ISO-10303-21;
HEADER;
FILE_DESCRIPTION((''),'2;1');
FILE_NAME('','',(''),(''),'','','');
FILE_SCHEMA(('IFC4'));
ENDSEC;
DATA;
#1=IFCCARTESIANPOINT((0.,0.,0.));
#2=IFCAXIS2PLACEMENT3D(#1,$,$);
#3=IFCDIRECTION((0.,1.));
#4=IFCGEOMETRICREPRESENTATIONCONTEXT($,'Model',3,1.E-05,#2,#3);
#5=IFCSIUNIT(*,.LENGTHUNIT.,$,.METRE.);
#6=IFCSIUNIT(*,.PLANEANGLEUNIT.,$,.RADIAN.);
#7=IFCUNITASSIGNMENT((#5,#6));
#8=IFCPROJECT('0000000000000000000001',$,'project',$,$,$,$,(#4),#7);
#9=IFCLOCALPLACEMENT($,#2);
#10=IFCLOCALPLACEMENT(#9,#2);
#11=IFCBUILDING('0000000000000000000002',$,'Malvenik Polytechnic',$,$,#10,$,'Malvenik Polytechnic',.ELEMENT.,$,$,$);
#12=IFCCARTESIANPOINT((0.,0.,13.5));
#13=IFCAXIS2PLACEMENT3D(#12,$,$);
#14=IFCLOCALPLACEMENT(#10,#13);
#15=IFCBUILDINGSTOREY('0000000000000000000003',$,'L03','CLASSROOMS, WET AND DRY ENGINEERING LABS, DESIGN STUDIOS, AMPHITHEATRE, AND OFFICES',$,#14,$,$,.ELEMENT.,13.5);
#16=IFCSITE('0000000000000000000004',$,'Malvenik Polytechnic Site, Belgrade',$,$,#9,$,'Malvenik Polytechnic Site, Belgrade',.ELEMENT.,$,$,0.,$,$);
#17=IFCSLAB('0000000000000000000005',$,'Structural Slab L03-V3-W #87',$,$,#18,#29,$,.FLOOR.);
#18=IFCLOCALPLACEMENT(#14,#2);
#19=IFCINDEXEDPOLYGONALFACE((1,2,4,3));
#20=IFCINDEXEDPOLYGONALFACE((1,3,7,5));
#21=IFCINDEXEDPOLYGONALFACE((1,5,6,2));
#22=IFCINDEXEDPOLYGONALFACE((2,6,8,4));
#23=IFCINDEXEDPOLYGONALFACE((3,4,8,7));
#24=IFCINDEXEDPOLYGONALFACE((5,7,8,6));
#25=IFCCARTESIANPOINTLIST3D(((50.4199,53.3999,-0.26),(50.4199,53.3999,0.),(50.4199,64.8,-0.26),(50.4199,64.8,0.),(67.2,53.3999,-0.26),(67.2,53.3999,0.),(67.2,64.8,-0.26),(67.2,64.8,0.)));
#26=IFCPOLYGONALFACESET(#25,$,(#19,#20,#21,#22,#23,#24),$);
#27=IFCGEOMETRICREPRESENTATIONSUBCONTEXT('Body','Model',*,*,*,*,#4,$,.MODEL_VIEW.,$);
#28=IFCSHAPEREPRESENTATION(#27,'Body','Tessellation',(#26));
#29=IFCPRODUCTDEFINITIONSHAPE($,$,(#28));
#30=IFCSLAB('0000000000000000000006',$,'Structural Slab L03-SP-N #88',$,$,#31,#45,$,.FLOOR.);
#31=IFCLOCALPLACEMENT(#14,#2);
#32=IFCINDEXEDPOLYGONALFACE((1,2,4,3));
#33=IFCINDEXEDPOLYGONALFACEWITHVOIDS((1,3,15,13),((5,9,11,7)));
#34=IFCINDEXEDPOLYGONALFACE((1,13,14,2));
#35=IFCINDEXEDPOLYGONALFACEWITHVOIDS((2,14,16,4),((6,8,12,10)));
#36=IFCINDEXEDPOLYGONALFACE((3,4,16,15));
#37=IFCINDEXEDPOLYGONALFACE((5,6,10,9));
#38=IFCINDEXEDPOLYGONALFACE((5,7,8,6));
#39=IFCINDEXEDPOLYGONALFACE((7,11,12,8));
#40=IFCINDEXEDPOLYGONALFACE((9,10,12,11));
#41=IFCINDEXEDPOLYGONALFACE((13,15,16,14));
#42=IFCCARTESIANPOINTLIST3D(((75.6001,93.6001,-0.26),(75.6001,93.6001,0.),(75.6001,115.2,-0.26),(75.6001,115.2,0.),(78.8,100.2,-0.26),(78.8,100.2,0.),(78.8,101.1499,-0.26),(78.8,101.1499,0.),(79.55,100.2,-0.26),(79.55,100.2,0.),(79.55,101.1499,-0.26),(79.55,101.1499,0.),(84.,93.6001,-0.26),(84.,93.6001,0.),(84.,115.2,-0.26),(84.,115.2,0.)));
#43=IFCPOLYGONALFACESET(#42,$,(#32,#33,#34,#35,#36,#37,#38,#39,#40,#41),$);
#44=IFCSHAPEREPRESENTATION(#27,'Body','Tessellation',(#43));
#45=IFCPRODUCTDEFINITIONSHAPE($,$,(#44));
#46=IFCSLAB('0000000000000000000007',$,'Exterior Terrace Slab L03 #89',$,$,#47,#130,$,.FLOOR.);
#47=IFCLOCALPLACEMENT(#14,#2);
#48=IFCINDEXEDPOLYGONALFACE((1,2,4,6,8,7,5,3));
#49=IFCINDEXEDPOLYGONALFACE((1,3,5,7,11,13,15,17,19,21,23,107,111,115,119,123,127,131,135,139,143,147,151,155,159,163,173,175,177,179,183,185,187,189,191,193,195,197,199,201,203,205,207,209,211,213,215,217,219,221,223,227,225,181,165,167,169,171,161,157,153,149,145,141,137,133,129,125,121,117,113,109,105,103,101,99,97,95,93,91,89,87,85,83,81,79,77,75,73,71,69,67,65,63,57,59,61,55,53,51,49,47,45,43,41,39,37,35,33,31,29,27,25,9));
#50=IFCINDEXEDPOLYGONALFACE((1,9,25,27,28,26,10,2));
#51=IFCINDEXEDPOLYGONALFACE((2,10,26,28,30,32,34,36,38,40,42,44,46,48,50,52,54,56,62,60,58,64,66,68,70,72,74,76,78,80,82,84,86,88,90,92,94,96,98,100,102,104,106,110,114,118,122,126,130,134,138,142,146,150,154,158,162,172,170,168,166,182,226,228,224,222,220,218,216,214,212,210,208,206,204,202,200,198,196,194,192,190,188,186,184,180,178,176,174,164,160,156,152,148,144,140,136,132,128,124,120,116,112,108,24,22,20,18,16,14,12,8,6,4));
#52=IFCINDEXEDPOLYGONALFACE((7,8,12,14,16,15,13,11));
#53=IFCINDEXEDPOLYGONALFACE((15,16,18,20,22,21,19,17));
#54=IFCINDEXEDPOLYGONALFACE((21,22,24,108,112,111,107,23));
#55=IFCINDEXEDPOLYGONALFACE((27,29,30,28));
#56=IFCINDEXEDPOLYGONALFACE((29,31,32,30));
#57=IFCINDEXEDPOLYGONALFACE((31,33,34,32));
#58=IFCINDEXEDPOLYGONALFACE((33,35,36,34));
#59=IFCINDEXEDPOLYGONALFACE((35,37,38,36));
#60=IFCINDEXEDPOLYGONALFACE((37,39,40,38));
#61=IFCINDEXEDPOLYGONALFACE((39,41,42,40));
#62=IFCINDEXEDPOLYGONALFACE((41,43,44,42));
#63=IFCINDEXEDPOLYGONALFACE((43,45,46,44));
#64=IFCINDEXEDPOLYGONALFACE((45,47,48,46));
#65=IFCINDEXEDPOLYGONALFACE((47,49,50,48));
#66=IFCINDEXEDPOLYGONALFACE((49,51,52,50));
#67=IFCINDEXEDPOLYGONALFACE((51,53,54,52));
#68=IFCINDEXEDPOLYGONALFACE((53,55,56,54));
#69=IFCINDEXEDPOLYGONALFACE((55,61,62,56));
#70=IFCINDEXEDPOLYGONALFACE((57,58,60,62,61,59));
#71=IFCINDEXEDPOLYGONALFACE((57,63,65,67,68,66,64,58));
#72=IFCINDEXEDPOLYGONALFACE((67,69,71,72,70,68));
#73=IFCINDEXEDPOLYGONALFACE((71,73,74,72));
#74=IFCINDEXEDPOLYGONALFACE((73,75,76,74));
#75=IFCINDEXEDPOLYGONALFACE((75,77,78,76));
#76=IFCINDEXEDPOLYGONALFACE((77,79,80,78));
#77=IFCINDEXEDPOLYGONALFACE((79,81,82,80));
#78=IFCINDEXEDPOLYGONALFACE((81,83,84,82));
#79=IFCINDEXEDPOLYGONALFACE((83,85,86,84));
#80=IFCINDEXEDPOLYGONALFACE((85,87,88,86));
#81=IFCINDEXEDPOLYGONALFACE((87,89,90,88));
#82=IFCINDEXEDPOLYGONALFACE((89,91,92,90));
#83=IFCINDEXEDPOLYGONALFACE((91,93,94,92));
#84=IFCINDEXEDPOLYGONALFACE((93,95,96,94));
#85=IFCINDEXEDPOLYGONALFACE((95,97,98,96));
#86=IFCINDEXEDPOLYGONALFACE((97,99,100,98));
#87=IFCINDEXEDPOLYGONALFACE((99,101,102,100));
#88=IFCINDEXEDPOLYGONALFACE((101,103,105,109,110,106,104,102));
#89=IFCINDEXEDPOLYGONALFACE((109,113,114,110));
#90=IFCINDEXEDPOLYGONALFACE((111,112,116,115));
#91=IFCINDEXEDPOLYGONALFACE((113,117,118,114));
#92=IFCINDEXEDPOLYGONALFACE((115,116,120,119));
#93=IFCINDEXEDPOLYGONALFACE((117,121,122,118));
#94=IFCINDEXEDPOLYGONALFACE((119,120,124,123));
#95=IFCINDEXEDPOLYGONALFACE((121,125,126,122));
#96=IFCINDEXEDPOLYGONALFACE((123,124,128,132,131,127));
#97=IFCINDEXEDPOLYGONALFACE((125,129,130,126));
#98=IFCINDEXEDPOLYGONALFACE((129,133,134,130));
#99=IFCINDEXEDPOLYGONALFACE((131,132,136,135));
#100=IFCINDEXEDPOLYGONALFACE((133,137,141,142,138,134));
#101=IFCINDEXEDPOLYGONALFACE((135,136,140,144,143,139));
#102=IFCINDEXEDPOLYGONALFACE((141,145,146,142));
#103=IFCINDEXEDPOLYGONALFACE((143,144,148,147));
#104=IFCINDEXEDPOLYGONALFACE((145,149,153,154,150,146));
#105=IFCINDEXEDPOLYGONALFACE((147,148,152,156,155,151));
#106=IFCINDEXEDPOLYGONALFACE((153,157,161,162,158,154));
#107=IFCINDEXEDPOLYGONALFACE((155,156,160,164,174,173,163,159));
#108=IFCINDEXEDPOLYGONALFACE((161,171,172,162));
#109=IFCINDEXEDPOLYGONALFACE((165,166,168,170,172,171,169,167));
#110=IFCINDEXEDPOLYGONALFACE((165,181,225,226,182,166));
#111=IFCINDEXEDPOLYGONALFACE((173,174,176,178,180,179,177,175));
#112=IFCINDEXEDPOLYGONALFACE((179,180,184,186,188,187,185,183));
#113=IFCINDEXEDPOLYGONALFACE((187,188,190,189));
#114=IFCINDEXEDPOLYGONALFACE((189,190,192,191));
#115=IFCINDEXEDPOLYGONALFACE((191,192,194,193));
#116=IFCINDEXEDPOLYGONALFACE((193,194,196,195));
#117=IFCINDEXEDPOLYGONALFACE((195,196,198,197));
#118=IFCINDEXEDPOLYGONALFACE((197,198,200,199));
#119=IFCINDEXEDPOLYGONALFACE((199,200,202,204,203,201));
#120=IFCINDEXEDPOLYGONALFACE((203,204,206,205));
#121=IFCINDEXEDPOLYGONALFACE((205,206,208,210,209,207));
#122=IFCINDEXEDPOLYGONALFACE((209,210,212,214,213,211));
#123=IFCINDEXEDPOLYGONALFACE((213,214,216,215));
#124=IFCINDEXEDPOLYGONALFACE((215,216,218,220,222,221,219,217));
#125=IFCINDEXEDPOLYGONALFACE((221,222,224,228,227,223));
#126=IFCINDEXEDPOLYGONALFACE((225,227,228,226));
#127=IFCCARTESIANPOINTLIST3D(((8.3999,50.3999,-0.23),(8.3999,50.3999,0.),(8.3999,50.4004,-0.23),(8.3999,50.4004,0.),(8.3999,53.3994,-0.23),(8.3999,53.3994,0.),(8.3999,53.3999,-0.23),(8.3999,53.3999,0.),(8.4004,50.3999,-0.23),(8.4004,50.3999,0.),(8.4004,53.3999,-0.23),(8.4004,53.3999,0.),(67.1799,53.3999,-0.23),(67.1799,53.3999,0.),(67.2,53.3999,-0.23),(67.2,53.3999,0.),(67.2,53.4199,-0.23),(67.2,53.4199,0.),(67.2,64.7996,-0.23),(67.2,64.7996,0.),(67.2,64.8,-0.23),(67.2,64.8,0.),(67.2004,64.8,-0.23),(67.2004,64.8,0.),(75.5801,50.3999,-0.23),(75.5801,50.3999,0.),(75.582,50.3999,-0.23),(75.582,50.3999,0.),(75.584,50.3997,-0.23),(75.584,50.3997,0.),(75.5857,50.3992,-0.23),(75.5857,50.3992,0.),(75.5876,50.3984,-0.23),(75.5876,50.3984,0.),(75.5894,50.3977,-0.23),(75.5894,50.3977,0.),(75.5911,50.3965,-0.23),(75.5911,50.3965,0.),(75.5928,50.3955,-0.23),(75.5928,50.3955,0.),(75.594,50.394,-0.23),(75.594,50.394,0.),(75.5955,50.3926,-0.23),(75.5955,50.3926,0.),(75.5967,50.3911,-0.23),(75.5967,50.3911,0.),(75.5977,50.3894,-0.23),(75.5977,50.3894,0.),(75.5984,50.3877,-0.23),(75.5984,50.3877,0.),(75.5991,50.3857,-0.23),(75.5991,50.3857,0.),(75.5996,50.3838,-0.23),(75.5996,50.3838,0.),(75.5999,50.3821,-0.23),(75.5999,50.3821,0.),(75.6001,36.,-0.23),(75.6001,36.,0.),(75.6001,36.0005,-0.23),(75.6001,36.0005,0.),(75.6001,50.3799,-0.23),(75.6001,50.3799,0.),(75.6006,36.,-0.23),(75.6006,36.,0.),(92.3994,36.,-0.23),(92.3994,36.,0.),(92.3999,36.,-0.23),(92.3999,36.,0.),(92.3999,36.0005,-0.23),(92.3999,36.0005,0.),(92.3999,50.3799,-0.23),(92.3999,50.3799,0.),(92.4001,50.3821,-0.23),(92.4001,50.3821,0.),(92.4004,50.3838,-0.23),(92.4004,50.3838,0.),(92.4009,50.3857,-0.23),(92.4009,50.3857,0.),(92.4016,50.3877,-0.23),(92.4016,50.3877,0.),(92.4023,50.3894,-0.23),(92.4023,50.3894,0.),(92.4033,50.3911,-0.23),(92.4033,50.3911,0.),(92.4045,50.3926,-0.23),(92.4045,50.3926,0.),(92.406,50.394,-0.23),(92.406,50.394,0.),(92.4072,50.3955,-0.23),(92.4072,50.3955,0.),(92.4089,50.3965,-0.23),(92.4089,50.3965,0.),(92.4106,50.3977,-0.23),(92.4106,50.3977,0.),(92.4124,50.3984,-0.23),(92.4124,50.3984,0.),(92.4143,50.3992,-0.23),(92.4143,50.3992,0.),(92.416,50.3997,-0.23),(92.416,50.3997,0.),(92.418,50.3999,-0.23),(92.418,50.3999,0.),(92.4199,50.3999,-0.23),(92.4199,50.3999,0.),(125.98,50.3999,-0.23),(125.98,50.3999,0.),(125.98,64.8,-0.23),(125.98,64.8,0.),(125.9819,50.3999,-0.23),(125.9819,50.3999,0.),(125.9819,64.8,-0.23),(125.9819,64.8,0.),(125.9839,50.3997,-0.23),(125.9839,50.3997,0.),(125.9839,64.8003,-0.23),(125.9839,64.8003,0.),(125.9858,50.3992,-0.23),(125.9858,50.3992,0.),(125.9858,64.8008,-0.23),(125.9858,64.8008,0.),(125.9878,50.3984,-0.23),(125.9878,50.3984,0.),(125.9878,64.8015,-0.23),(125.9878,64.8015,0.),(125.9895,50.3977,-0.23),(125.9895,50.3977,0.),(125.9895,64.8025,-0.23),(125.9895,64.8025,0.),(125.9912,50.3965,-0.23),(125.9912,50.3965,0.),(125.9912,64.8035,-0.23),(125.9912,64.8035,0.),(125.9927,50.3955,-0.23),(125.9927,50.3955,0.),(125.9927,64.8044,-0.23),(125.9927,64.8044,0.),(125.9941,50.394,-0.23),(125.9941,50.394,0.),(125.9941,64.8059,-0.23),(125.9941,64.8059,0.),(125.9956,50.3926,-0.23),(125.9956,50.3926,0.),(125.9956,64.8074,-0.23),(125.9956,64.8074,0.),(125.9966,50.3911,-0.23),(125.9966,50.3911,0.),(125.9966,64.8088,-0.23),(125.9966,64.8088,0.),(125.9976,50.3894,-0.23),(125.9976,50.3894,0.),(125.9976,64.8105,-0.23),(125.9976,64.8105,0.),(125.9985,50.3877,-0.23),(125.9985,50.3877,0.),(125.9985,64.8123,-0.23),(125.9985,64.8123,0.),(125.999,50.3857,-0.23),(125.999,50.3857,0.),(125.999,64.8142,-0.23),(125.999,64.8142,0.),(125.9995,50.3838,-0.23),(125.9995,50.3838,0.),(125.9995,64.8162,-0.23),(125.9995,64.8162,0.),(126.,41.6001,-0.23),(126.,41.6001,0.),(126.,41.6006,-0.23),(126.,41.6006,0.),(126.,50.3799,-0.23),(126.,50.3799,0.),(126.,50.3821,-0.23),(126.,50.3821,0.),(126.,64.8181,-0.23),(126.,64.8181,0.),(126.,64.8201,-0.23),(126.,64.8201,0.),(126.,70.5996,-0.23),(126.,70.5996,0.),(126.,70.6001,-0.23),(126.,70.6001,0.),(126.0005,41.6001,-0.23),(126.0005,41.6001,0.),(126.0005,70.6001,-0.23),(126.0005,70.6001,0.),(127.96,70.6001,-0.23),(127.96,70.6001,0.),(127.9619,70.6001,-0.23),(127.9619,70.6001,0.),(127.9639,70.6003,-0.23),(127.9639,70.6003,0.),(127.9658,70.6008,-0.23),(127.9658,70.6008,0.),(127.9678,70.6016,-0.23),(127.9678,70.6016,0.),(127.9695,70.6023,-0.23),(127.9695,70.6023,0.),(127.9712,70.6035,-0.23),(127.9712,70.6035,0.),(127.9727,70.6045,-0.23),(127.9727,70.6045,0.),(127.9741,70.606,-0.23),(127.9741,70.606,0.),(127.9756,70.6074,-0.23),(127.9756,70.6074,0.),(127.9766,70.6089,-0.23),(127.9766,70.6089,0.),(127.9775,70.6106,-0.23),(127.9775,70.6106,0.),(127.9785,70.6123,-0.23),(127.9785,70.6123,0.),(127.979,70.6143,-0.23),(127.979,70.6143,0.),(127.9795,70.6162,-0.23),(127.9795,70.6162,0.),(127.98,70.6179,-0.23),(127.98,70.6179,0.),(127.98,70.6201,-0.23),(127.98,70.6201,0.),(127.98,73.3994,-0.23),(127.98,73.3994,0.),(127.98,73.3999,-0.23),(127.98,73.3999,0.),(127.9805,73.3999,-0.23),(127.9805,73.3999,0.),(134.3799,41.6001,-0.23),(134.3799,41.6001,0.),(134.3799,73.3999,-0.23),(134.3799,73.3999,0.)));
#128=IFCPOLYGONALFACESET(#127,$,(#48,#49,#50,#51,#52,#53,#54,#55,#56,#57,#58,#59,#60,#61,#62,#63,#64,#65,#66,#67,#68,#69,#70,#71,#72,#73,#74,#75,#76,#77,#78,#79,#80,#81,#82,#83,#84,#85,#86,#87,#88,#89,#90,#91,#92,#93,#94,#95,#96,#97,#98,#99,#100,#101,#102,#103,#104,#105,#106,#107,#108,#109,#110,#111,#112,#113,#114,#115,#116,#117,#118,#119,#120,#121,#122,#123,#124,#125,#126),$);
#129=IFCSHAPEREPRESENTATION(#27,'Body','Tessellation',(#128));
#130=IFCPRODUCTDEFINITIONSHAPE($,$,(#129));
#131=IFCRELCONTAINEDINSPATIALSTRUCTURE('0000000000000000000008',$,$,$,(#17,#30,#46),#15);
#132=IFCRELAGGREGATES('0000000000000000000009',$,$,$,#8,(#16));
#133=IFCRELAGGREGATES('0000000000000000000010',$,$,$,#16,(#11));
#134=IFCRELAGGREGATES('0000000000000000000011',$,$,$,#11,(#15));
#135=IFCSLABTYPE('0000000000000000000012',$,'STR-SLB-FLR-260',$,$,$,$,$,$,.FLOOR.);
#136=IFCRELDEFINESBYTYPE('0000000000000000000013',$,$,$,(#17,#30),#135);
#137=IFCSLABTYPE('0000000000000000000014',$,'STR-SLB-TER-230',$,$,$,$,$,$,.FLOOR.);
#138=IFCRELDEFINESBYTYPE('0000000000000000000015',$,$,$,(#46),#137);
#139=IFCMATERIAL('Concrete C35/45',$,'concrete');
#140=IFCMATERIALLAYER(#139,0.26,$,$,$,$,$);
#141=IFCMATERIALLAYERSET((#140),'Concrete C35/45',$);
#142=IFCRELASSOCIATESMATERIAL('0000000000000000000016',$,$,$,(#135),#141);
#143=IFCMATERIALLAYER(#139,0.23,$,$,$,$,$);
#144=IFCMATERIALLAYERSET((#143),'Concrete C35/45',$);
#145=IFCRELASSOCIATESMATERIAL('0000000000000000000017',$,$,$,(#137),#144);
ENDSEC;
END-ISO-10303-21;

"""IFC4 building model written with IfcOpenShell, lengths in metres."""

from ifc_helpers import new_model, si_unit, direction, frame, origin, place, context, subcontext, project, spatial, polyline, outline, extrude, material, layer, layer_set, type_object, element, save


model = new_model("IFC4")

# Units and contexts
model_context = context("Model", 3, precision=1e-05, world=origin(), true_north=direction((0.0, 1.0)))
body_context = subcontext(model_context, "Body", "Model", "MODEL_VIEW")
ifc_project = project(units=[si_unit("LENGTHUNIT", "METRE"), si_unit("PLANEANGLEUNIT", "RADIAN")], contexts=[model_context])

# Site, building, storey
site_placement = place(None, origin())
site = spatial("IfcSite", under=ifc_project, at=site_placement, Name="Malvenik Polytechnic Site, Belgrade", LongName="Malvenik Polytechnic Site, Belgrade", CompositionType="ELEMENT", RefElevation=0.0)
building_placement = place(site_placement, origin())
building = spatial("IfcBuilding", under=site, at=building_placement, Name="Malvenik Polytechnic", LongName="Malvenik Polytechnic", CompositionType="ELEMENT")
storey_placement = place(building_placement, frame((0.0, 0.0, 13.5)))
storey = spatial("IfcBuildingStorey", under=building, at=storey_placement, Name="L03", Description="CLASSROOMS, WET AND DRY ENGINEERING LABS, DESIGN STUDIOS, AMPHITHEATRE, AND OFFICES", CompositionType="ELEMENT", Elevation=13.5)

# Shared definitions
ifc_material = material(Name="Concrete C35/45", Category="concrete")

# Slabs
ifc_layer_1 = layer(ifc_material, 0.26)
ifc_layer_set_1 = layer_set([ifc_layer_1], Name="Concrete C35/45")
slab_type_1 = type_object("IfcSlabType", Name="STR-SLB-FLR-260", PredefinedType="FLOOR", material=ifc_layer_set_1)
slab_1_placement = place(storey_placement, frame((0.0, 0.0, -0.26)))
element("IfcSlab", 1, at=slab_1_placement, inside=storey, type_object=slab_type_1, Name="Structural Slab L03-V3-W #87", PredefinedType="FLOOR", context=body_context, shape_type="SweptSolid", body=[
    extrude(outline(polyline([(67.2, 64.8), (67.2, 53.3999), (50.4199, 53.3999), (50.4199, 64.8), (67.2, 64.8)])), origin(), (0.0, 0.0, 1.0), 0.26),
])
slab_2_placement = place(storey_placement, frame((0.0, 0.0, -0.26)))
element("IfcSlab", 2, at=slab_2_placement, inside=storey, type_object=slab_type_1, Name="Structural Slab L03-SP-N #88", PredefinedType="FLOOR", context=body_context, shape_type="SweptSolid", body=[
    extrude(outline(polyline([(75.6001, 115.2), (84.0, 115.2), (84.0, 93.6001), (75.6001, 93.6001), (75.6001, 115.2)]), holes=[polyline([(79.55, 101.1499), (78.8, 101.1499), (78.8, 100.2), (79.55, 100.2), (79.55, 101.1499)])]), origin(), (0.0, 0.0, 1.0), 0.26),
])
ifc_layer_2 = layer(ifc_material, 0.23)
ifc_layer_set_2 = layer_set([ifc_layer_2], Name="Concrete C35/45")
slab_type_2 = type_object("IfcSlabType", Name="STR-SLB-TER-230", PredefinedType="FLOOR", material=ifc_layer_set_2)
slab_3_placement = place(storey_placement, frame((0.0, 0.0, -0.23)))
element("IfcSlab", 3, at=slab_3_placement, inside=storey, type_object=slab_type_2, Name="Exterior Terrace Slab L03 #89", PredefinedType="FLOOR", context=body_context, shape_type="SweptSolid", body=[
    extrude(outline(polyline([(8.3999, 53.3999), (8.4004, 53.3999), (67.1799, 53.3999), (67.2, 53.3999), (67.2, 53.4199), (67.2, 64.7996), (67.2, 64.8), (67.2004, 64.8), (125.98, 64.8), (125.9819, 64.8), (125.9839, 64.8003), (125.9858, 64.8008), (125.9878, 64.8015), (125.9895, 64.8025), (125.9912, 64.8035), (125.9927, 64.8044), (125.9941, 64.8059), (125.9956, 64.8074), (125.9966, 64.8088), (125.9976, 64.8105), (125.9985, 64.8123), (125.999, 64.8142), (125.9995, 64.8162), (126.0, 64.8181), (126.0, 64.8201), (126.0, 70.5996), (126.0, 70.6001), (126.0005, 70.6001), (127.96, 70.6001), (127.9619, 70.6001), (127.9639, 70.6003), (127.9658, 70.6008), (127.9678, 70.6016), (127.9695, 70.6023), (127.9712, 70.6035), (127.9727, 70.6045), (127.9741, 70.606), (127.9756, 70.6074), (127.9766, 70.6089), (127.9775, 70.6106), (127.9785, 70.6123), (127.979, 70.6143), (127.9795, 70.6162), (127.98, 70.6179), (127.98, 70.6201), (127.98, 73.3994), (127.98, 73.3999), (127.9805, 73.3999), (134.3799, 73.3999), (134.3799, 41.6001), (126.0005, 41.6001), (126.0, 41.6001), (126.0, 41.6006), (126.0, 50.3799), (126.0, 50.3821), (125.9995, 50.3838), (125.999, 50.3857), (125.9985, 50.3877), (125.9976, 50.3894), (125.9966, 50.3911), (125.9956, 50.3926), (125.9941, 50.394), (125.9927, 50.3955), (125.9912, 50.3965), (125.9895, 50.3977), (125.9878, 50.3984), (125.9858, 50.3992), (125.9839, 50.3997), (125.9819, 50.3999), (125.98, 50.3999), (92.4199, 50.3999), (92.418, 50.3999), (92.416, 50.3997), (92.4143, 50.3992), (92.4124, 50.3984), (92.4106, 50.3977), (92.4089, 50.3965), (92.4072, 50.3955), (92.406, 50.394), (92.4045, 50.3926), (92.4033, 50.3911), (92.4023, 50.3894), (92.4016, 50.3877), (92.4009, 50.3857), (92.4004, 50.3838), (92.4001, 50.3821), (92.3999, 50.3799), (92.3999, 36.0005), (92.3999, 36.0), (92.3994, 36.0), (75.6006, 36.0), (75.6001, 36.0), (75.6001, 36.0005), (75.6001, 50.3799), (75.5999, 50.3821), (75.5996, 50.3838), (75.5991, 50.3857), (75.5984, 50.3877), (75.5977, 50.3894), (75.5967, 50.3911), (75.5955, 50.3926), (75.594, 50.394), (75.5928, 50.3955), (75.5911, 50.3965), (75.5894, 50.3977), (75.5876, 50.3984), (75.5857, 50.3992), (75.584, 50.3997), (75.582, 50.3999), (75.5801, 50.3999), (8.4004, 50.3999), (8.3999, 50.3999), (8.3999, 50.4004), (8.3999, 53.3994), (8.3999, 53.3999)])), origin(), (0.0, 0.0, 1.0), 0.23),
])

save(model, "model.ifc")
